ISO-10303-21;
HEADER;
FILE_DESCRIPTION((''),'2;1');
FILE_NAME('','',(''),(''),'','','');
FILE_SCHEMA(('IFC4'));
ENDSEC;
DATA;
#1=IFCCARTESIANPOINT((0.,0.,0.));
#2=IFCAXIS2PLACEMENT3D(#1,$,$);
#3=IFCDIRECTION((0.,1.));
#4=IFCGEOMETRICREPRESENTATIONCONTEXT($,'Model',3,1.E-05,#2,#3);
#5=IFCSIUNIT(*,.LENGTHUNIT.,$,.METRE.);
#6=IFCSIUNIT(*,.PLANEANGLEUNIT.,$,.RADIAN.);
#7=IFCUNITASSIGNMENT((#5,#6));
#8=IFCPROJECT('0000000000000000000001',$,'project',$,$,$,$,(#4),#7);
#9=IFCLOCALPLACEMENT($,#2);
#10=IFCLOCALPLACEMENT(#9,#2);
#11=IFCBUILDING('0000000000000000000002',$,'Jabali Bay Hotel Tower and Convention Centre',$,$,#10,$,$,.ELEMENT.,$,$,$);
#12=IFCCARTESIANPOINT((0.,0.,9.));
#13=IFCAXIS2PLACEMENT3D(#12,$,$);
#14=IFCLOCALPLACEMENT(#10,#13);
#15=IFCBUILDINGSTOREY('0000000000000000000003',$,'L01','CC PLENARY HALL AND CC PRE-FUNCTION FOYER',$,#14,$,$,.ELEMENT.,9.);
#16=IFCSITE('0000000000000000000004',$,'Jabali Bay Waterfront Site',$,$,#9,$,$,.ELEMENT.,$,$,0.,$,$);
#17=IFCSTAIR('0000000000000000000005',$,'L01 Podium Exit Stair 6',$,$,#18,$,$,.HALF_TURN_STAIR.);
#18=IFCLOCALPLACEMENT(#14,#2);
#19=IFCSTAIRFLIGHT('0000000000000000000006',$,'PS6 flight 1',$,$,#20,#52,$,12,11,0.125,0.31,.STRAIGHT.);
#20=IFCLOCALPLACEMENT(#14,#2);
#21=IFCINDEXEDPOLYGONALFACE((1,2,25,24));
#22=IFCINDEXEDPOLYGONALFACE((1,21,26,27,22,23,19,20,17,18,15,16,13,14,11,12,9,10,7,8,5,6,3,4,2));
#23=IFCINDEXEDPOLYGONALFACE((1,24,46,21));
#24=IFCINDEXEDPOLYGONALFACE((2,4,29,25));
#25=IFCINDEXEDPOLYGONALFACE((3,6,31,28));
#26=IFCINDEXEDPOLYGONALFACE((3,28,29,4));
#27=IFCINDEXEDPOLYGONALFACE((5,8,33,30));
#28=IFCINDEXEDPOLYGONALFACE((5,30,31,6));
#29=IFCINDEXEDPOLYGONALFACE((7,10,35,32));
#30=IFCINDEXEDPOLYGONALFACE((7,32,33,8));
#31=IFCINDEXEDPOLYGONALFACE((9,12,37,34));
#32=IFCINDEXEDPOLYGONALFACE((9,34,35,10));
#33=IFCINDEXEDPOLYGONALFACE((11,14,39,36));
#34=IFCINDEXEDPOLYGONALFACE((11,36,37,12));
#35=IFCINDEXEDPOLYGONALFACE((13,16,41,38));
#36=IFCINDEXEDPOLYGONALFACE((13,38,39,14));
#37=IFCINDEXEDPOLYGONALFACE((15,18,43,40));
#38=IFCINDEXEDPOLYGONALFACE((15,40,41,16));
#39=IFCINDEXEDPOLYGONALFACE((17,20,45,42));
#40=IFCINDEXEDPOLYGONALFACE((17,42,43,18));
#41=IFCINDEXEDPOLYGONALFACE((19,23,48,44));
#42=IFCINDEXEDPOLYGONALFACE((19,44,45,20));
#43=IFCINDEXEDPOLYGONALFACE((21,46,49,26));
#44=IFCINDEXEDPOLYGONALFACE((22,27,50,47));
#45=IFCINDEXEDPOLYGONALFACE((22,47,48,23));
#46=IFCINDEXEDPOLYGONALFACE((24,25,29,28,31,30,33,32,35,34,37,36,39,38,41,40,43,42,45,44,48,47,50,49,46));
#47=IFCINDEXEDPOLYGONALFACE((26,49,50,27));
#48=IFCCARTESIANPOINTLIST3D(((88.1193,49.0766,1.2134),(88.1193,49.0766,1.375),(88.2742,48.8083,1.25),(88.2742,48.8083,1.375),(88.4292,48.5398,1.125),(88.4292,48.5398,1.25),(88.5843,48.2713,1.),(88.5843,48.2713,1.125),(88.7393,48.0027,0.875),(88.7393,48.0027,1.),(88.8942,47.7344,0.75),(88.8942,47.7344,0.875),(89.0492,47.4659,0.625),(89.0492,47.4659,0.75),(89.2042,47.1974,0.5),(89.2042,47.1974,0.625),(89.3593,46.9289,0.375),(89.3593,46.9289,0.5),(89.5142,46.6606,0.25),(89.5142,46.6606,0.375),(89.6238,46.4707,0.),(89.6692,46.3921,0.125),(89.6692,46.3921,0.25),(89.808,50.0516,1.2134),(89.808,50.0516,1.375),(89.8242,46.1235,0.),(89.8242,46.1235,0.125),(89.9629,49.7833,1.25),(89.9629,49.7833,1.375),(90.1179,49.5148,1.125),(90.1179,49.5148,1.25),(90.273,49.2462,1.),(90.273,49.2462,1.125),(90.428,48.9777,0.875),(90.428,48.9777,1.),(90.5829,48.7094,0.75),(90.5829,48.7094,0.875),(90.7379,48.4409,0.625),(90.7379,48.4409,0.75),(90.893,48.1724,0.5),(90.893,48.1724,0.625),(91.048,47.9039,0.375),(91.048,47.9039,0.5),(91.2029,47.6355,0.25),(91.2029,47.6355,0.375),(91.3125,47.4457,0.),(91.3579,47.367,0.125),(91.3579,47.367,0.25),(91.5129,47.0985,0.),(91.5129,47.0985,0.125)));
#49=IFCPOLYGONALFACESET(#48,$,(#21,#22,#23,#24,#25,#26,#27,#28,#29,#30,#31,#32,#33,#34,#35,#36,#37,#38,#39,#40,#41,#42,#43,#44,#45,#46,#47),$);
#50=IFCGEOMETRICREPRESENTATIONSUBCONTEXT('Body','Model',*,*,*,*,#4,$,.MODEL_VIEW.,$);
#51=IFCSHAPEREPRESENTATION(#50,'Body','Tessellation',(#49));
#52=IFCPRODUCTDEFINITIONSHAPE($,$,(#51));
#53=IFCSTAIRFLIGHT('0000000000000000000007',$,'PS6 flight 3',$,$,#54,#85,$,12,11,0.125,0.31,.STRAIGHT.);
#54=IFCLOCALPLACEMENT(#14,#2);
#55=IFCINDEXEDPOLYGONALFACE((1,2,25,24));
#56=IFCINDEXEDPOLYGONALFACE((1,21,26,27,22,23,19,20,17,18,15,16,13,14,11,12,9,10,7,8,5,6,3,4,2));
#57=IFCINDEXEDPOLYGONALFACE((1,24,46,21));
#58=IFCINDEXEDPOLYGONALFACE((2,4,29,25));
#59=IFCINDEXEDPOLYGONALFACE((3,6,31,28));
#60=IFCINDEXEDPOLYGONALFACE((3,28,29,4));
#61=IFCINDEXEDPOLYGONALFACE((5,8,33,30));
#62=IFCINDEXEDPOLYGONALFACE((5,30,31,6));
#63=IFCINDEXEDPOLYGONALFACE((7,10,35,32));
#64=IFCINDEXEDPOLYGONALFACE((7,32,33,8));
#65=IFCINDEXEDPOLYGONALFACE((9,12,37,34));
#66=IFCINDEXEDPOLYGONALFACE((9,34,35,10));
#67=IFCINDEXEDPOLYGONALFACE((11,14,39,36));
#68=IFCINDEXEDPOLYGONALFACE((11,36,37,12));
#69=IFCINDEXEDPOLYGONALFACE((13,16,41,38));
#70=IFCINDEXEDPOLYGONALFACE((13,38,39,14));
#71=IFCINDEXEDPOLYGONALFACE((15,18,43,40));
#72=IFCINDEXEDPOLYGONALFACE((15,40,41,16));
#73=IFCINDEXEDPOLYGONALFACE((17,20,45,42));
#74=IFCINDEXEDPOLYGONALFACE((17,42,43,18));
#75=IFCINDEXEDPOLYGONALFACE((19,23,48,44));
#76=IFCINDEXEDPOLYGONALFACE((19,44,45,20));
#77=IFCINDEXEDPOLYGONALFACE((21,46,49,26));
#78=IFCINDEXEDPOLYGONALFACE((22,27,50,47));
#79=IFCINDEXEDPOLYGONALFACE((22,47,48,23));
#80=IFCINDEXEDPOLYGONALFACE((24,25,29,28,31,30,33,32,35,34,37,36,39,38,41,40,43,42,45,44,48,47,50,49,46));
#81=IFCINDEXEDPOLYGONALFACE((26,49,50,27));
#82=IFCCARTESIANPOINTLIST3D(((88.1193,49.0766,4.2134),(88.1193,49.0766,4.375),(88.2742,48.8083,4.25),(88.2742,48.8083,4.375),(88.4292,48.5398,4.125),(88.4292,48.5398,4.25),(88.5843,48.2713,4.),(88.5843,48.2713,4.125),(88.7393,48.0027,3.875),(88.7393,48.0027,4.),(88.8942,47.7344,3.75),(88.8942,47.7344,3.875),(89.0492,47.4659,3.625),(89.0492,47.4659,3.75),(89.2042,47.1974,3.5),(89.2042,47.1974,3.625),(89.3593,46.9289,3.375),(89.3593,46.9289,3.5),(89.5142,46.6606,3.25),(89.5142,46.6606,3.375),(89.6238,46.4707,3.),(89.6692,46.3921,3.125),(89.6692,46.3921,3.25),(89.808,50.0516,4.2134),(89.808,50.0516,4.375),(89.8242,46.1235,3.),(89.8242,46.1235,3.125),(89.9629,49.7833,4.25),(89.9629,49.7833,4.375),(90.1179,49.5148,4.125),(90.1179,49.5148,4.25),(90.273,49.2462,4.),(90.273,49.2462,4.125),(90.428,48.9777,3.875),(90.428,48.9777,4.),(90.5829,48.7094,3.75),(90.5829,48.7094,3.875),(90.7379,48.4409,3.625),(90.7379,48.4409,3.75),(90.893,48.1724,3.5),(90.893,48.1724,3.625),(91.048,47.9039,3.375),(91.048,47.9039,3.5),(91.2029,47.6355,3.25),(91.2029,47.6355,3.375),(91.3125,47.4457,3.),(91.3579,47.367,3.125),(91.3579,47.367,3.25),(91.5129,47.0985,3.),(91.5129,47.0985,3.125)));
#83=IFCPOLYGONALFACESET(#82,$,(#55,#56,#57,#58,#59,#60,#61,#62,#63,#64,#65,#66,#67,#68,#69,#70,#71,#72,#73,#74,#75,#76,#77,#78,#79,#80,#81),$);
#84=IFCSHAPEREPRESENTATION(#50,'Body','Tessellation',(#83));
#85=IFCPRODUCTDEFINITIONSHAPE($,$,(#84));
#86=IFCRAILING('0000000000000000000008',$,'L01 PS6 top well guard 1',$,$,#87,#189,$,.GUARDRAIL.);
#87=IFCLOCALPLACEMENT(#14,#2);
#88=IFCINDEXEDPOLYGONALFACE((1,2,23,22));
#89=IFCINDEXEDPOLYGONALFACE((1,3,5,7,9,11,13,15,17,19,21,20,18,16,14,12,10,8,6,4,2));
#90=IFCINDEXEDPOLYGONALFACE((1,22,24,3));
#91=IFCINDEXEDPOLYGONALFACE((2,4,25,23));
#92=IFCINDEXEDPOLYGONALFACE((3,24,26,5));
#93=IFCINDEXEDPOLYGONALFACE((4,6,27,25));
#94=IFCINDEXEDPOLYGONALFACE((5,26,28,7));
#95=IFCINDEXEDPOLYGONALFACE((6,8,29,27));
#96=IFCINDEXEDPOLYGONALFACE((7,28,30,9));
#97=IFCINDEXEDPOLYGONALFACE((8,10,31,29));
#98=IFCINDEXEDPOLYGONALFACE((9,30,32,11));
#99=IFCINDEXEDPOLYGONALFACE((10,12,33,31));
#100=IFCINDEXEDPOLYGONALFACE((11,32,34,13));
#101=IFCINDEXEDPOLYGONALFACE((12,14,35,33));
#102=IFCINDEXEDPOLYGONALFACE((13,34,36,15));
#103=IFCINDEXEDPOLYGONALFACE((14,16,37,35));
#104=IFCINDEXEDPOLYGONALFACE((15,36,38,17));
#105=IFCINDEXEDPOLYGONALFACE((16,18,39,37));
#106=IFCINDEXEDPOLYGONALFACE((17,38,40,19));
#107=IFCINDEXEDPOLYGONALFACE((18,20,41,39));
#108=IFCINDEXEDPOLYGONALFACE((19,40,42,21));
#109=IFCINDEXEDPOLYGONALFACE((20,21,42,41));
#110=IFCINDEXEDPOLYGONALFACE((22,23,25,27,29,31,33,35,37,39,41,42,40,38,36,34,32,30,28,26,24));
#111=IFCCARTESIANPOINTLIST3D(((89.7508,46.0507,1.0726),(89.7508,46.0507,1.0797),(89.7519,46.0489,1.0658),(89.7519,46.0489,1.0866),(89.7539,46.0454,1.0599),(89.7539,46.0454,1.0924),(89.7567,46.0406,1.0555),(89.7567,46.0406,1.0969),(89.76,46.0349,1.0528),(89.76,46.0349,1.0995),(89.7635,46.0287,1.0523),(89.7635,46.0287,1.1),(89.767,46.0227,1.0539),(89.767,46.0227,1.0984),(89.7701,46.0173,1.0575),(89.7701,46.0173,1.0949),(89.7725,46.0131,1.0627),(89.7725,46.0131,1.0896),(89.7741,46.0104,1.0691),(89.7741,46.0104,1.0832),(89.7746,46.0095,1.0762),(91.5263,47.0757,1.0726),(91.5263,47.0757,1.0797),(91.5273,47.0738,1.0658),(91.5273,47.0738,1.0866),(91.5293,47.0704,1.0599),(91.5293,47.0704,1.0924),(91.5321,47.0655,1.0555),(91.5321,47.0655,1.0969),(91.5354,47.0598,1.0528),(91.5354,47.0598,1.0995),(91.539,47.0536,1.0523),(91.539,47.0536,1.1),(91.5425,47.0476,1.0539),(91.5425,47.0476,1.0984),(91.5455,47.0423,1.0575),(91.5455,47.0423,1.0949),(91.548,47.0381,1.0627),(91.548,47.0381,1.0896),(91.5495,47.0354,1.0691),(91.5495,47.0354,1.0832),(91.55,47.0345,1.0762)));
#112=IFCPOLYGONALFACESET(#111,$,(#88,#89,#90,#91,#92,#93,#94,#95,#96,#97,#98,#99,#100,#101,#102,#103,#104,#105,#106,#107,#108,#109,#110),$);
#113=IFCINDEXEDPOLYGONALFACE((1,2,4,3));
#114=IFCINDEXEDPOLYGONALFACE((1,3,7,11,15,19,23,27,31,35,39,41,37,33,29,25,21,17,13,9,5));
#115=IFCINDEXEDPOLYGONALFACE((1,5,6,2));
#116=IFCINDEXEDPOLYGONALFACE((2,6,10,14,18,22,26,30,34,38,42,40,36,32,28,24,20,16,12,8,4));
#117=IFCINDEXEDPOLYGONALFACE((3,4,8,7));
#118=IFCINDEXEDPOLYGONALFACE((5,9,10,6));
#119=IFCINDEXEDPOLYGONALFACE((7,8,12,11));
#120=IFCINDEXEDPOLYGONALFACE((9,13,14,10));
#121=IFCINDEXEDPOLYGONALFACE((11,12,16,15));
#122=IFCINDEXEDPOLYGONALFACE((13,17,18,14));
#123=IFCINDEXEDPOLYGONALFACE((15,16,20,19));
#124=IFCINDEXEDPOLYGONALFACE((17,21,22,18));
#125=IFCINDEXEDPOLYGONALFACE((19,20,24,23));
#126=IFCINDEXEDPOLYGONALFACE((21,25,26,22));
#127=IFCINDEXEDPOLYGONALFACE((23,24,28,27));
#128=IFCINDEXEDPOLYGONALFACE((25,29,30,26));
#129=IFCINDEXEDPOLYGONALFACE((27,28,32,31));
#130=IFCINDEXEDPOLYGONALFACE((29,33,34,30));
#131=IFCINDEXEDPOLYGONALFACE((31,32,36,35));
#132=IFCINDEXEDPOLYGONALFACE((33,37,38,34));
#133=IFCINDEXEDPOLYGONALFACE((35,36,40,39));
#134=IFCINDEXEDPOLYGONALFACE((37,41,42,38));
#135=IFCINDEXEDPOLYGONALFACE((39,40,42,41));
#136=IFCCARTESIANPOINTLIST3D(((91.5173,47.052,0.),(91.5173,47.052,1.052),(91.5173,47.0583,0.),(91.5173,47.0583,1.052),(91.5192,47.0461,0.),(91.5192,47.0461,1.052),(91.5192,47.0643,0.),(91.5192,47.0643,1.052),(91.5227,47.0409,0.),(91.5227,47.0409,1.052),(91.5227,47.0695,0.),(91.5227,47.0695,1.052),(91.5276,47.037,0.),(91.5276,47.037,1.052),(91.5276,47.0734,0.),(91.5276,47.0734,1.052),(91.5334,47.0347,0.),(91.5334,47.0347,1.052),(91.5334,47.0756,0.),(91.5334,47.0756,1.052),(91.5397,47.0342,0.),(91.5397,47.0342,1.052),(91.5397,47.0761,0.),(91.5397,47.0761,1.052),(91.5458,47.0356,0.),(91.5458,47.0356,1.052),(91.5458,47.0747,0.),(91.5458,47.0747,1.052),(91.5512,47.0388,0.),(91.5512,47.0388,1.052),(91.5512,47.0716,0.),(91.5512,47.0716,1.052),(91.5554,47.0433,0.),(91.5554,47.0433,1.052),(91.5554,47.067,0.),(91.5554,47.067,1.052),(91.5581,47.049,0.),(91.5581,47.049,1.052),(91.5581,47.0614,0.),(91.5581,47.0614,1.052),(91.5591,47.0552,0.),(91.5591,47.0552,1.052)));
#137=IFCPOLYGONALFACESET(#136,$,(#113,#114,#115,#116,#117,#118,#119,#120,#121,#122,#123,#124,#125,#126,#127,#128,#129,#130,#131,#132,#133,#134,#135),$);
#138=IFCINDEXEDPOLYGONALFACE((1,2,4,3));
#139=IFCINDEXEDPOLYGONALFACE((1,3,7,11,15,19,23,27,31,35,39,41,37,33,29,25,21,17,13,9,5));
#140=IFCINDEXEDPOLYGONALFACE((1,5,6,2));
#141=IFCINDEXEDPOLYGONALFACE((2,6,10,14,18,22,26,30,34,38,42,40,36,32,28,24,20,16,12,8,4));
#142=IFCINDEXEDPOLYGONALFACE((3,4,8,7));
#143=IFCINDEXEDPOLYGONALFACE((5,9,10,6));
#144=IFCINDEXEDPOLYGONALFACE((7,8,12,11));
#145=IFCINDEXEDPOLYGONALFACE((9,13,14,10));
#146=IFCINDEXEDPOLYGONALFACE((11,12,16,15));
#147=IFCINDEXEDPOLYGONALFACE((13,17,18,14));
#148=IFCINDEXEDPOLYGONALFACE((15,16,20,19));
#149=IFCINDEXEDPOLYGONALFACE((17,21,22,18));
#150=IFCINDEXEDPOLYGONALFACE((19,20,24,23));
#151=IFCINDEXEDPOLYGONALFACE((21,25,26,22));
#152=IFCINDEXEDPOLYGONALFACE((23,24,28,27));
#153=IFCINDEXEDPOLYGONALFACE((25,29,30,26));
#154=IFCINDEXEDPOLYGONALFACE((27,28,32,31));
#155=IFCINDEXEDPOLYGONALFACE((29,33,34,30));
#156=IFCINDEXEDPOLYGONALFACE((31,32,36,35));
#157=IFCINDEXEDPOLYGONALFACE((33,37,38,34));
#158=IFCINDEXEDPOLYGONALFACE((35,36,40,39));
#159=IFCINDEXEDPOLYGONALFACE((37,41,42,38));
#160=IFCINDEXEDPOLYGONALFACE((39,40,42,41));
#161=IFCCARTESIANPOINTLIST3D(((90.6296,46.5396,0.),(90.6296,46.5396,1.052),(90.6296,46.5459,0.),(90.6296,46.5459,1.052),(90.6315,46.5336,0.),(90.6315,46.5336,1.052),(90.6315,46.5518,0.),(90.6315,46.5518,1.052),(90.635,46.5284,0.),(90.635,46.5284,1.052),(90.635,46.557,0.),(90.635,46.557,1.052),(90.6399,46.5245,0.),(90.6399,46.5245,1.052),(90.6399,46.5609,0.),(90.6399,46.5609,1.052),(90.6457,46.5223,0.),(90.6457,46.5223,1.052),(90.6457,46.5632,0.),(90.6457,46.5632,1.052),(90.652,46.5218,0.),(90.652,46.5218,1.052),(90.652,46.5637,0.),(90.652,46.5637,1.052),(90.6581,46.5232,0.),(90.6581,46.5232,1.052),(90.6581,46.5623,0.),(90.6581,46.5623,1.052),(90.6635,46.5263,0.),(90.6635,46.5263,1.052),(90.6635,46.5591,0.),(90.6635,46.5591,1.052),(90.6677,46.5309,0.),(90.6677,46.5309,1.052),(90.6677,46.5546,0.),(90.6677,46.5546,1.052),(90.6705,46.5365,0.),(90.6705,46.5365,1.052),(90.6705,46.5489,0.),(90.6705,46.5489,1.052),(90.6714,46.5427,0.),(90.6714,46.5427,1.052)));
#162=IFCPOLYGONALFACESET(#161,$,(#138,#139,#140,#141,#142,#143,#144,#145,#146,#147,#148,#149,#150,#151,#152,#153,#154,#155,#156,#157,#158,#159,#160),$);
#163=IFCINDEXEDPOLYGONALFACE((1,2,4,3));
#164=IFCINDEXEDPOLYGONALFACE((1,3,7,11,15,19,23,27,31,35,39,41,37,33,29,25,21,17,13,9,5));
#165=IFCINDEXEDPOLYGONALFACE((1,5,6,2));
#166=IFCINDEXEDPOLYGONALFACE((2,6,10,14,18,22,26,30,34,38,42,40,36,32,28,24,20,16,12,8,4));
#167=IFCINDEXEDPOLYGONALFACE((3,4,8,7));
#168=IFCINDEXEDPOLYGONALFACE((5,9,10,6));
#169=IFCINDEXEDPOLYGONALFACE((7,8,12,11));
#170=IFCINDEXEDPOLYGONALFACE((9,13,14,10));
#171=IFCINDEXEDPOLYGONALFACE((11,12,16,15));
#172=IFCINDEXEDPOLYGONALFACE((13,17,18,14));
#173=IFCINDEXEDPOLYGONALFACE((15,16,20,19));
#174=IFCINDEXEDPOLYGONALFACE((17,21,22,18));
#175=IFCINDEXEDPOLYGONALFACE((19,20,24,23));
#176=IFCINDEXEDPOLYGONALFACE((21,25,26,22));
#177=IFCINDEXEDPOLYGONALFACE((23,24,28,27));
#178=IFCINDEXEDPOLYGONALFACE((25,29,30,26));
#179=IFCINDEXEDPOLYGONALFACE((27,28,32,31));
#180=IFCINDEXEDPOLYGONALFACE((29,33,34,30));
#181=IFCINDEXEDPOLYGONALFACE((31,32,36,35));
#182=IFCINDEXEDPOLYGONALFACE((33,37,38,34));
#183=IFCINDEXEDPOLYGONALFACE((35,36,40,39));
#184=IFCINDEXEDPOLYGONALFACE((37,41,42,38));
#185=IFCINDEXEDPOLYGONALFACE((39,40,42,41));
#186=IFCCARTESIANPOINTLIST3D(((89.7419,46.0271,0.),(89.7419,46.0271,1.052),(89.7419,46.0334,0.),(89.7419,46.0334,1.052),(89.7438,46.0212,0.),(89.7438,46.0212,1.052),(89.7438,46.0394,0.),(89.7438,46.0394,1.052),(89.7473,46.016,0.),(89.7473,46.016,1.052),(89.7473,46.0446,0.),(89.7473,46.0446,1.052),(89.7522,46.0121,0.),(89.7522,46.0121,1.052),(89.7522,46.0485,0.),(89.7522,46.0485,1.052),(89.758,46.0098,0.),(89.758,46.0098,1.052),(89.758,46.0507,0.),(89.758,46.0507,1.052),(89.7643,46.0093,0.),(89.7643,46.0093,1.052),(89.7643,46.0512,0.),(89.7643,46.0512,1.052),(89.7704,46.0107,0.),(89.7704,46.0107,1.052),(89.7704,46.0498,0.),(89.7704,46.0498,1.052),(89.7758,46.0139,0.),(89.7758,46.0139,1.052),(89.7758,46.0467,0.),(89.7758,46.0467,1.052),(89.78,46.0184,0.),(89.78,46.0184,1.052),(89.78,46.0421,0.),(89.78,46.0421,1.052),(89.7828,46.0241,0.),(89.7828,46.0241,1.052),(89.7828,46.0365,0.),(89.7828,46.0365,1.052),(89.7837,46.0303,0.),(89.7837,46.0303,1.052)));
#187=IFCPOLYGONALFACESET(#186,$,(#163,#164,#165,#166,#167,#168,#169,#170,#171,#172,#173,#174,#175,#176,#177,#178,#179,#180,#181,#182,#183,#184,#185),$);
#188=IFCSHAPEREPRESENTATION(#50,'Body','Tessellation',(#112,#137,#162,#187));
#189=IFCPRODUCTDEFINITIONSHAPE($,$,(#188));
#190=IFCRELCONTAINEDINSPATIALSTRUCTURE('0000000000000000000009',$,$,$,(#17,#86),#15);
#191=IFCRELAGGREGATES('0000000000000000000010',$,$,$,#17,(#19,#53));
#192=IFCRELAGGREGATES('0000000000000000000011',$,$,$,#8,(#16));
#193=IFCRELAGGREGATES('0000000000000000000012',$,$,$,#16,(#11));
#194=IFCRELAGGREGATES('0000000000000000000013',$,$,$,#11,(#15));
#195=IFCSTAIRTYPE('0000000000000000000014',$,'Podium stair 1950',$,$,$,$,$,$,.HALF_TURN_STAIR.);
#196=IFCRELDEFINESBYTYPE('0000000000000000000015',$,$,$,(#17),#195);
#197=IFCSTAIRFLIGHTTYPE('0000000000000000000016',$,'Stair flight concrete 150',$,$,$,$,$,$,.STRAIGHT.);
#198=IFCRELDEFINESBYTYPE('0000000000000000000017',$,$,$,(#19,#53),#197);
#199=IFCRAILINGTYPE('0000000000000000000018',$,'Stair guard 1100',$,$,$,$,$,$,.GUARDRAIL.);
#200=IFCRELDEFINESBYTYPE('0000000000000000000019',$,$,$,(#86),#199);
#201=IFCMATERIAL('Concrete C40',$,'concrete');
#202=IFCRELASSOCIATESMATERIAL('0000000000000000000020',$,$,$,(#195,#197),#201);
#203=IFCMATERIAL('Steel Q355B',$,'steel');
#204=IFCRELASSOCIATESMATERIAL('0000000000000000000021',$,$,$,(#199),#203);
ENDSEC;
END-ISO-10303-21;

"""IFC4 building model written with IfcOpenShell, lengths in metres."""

from ifc_helpers import new_model, si_unit, direction, frame, origin, origin_2d, place, context, subcontext, project, spatial, polyline, circle, outline, extrude, material, type_object, element, aggregate, save


model = new_model("IFC4")

# Units and contexts
model_context = context("Model", 3, precision=1e-05, world=origin(), true_north=direction((0.0, 1.0)))
body_context = subcontext(model_context, "Body", "Model", "MODEL_VIEW")
ifc_project = project(units=[si_unit("LENGTHUNIT", "METRE"), si_unit("PLANEANGLEUNIT", "RADIAN")], contexts=[model_context])

# Site, building, storey
site_placement = place(None, origin())
site = spatial("IfcSite", under=ifc_project, at=site_placement, Name="Jabali Bay Waterfront Site", CompositionType="ELEMENT", RefElevation=0.0)
building_placement = place(site_placement, origin())
building = spatial("IfcBuilding", under=site, at=building_placement, Name="Jabali Bay Hotel Tower and Convention Centre", CompositionType="ELEMENT")
storey_placement = place(building_placement, frame((0.0, 0.0, 9.0)))
storey = spatial("IfcBuildingStorey", under=building, at=storey_placement, Name="L01", Description="CC PLENARY HALL AND CC PRE-FUNCTION FOYER", CompositionType="ELEMENT", Elevation=9.0)

# Shared definitions
ifc_material_1 = material(Name="Concrete C40", Category="concrete")

# Stair, stair flights
stair_type = type_object("IfcStairType", Name="Podium stair 1950", PredefinedType="HALF_TURN_STAIR", material=ifc_material_1)
stair_placement = place(storey_placement, origin())
stair = element("IfcStair", 1, at=stair_placement, inside=storey, type_object=stair_type, Name="L01 Podium Exit Stair 6", PredefinedType="HALF_TURN_STAIR")
stair_flight_type = type_object("IfcStairFlightType", Name="Stair flight concrete 150", PredefinedType="STRAIGHT", material=ifc_material_1)
stair_flight_1_placement = place(storey_placement, frame((90.6687, 46.6111, 0.0), z_axis=(0.0, 0.0, 1.0), x_axis=(-0.5, 0.866025, 0.0)))
stair_flight_1 = element("IfcStairFlight", 2, at=stair_flight_1_placement, type_object=stair_flight_type, Name="PS6 flight 1", NumberOfRisers=12, NumberOfTreads=11, PredefinedType="STRAIGHT", RiserHeight=0.125, TreadLength=0.31, context=body_context, shape_type="SweptSolid", body=[
    extrude(outline(polyline([(0.0, 0.0), (0.0, 0.125), (0.3101, 0.125), (0.3101, 0.25), (0.6201, 0.25), (0.6201, 0.375), (0.9299, 0.375), (0.9299, 0.5), (1.24, 0.5), (1.24, 0.625), (1.55, 0.625), (1.55, 0.75), (1.8601, 0.75), (1.8601, 0.875), (2.1699, 0.875), (2.1699, 1.0), (2.48, 1.0), (2.48, 1.125), (2.79, 1.125), (2.79, 1.25), (3.1001, 1.25), (3.1001, 1.375), (3.4099, 1.375), (3.4099, 1.5), (3.4099, 1.2134), (0.4009, 0.0), (0.0, 0.0)])), frame((0.0, 0.9751, 0.0), z_axis=(0.0, -1.0, 0.0), x_axis=(1.0, 0.0, 0.0)), (0.0, 0.0, 1.0), 1.95),
])
stair_flight_2_placement = place(storey_placement, frame((90.6687, 46.6111, 3.0), z_axis=(0.0, 0.0, 1.0), x_axis=(-0.5, 0.866025, 0.0)))
stair_flight_2 = element("IfcStairFlight", 3, at=stair_flight_2_placement, type_object=stair_flight_type, Name="PS6 flight 3", NumberOfRisers=12, NumberOfTreads=11, PredefinedType="STRAIGHT", RiserHeight=0.125, TreadLength=0.31, context=body_context, shape_type="SweptSolid", body=[
    extrude(outline(polyline([(0.0, 0.0), (0.0, 0.125), (0.3101, 0.125), (0.3101, 0.25), (0.6201, 0.25), (0.6201, 0.375), (0.9299, 0.375), (0.9299, 0.5), (1.24, 0.5), (1.24, 0.625), (1.55, 0.625), (1.55, 0.75), (1.8601, 0.75), (1.8601, 0.875), (2.1699, 0.875), (2.1699, 1.0), (2.48, 1.0), (2.48, 1.125), (2.79, 1.125), (2.79, 1.25), (3.1001, 1.25), (3.1001, 1.375), (3.4099, 1.375), (3.4099, 1.5), (3.4099, 1.2134), (0.4009, 0.0), (0.0, 0.0)])), frame((0.0, 0.9751, 0.0), z_axis=(0.0, -1.0, 0.0), x_axis=(1.0, 0.0, 0.0)), (0.0, 0.0, 1.0), 1.95),
])
aggregate(stair, [stair_flight_1, stair_flight_2])

# Railing
ifc_material_2 = material(Name="Steel Q355B", Category="steel")
railing_type_1 = type_object("IfcRailingType", Name="Stair guard 1100", PredefinedType="GUARDRAIL", material=ifc_material_2)
railing_1_placement = place(storey_placement, frame((91.5381, 47.0552, 0.0)))
element("IfcRailing", 4, at=railing_1_placement, inside=storey, type_object=railing_type_1, Name="L01 PS6 top well guard 1", PredefinedType="GUARDRAIL", context=body_context, shape_type="SweptSolid", body=[
    extrude(circle(Radius=0.0239, at=origin_2d()), frame((0.0, 0.0, 1.0762), z_axis=(-0.866051, -0.499956, 0.0), x_axis=(0.499956, -0.866051, 0.0)), (0.0, 0.0, 1.0), 2.05),
    extrude(circle(Radius=0.021, at=origin_2d()), origin(), (0.0, 0.0, 1.0), 1.052),
    extrude(circle(Radius=0.021, at=origin_2d()), frame((-0.8877, -0.5125, 0.0)), (0.0, 0.0, 1.0), 1.052),
    extrude(circle(Radius=0.021, at=origin_2d()), frame((-1.7754, -1.0249, 0.0)), (0.0, 0.0, 1.0), 1.052),
])

save(model, "model.ifc")
